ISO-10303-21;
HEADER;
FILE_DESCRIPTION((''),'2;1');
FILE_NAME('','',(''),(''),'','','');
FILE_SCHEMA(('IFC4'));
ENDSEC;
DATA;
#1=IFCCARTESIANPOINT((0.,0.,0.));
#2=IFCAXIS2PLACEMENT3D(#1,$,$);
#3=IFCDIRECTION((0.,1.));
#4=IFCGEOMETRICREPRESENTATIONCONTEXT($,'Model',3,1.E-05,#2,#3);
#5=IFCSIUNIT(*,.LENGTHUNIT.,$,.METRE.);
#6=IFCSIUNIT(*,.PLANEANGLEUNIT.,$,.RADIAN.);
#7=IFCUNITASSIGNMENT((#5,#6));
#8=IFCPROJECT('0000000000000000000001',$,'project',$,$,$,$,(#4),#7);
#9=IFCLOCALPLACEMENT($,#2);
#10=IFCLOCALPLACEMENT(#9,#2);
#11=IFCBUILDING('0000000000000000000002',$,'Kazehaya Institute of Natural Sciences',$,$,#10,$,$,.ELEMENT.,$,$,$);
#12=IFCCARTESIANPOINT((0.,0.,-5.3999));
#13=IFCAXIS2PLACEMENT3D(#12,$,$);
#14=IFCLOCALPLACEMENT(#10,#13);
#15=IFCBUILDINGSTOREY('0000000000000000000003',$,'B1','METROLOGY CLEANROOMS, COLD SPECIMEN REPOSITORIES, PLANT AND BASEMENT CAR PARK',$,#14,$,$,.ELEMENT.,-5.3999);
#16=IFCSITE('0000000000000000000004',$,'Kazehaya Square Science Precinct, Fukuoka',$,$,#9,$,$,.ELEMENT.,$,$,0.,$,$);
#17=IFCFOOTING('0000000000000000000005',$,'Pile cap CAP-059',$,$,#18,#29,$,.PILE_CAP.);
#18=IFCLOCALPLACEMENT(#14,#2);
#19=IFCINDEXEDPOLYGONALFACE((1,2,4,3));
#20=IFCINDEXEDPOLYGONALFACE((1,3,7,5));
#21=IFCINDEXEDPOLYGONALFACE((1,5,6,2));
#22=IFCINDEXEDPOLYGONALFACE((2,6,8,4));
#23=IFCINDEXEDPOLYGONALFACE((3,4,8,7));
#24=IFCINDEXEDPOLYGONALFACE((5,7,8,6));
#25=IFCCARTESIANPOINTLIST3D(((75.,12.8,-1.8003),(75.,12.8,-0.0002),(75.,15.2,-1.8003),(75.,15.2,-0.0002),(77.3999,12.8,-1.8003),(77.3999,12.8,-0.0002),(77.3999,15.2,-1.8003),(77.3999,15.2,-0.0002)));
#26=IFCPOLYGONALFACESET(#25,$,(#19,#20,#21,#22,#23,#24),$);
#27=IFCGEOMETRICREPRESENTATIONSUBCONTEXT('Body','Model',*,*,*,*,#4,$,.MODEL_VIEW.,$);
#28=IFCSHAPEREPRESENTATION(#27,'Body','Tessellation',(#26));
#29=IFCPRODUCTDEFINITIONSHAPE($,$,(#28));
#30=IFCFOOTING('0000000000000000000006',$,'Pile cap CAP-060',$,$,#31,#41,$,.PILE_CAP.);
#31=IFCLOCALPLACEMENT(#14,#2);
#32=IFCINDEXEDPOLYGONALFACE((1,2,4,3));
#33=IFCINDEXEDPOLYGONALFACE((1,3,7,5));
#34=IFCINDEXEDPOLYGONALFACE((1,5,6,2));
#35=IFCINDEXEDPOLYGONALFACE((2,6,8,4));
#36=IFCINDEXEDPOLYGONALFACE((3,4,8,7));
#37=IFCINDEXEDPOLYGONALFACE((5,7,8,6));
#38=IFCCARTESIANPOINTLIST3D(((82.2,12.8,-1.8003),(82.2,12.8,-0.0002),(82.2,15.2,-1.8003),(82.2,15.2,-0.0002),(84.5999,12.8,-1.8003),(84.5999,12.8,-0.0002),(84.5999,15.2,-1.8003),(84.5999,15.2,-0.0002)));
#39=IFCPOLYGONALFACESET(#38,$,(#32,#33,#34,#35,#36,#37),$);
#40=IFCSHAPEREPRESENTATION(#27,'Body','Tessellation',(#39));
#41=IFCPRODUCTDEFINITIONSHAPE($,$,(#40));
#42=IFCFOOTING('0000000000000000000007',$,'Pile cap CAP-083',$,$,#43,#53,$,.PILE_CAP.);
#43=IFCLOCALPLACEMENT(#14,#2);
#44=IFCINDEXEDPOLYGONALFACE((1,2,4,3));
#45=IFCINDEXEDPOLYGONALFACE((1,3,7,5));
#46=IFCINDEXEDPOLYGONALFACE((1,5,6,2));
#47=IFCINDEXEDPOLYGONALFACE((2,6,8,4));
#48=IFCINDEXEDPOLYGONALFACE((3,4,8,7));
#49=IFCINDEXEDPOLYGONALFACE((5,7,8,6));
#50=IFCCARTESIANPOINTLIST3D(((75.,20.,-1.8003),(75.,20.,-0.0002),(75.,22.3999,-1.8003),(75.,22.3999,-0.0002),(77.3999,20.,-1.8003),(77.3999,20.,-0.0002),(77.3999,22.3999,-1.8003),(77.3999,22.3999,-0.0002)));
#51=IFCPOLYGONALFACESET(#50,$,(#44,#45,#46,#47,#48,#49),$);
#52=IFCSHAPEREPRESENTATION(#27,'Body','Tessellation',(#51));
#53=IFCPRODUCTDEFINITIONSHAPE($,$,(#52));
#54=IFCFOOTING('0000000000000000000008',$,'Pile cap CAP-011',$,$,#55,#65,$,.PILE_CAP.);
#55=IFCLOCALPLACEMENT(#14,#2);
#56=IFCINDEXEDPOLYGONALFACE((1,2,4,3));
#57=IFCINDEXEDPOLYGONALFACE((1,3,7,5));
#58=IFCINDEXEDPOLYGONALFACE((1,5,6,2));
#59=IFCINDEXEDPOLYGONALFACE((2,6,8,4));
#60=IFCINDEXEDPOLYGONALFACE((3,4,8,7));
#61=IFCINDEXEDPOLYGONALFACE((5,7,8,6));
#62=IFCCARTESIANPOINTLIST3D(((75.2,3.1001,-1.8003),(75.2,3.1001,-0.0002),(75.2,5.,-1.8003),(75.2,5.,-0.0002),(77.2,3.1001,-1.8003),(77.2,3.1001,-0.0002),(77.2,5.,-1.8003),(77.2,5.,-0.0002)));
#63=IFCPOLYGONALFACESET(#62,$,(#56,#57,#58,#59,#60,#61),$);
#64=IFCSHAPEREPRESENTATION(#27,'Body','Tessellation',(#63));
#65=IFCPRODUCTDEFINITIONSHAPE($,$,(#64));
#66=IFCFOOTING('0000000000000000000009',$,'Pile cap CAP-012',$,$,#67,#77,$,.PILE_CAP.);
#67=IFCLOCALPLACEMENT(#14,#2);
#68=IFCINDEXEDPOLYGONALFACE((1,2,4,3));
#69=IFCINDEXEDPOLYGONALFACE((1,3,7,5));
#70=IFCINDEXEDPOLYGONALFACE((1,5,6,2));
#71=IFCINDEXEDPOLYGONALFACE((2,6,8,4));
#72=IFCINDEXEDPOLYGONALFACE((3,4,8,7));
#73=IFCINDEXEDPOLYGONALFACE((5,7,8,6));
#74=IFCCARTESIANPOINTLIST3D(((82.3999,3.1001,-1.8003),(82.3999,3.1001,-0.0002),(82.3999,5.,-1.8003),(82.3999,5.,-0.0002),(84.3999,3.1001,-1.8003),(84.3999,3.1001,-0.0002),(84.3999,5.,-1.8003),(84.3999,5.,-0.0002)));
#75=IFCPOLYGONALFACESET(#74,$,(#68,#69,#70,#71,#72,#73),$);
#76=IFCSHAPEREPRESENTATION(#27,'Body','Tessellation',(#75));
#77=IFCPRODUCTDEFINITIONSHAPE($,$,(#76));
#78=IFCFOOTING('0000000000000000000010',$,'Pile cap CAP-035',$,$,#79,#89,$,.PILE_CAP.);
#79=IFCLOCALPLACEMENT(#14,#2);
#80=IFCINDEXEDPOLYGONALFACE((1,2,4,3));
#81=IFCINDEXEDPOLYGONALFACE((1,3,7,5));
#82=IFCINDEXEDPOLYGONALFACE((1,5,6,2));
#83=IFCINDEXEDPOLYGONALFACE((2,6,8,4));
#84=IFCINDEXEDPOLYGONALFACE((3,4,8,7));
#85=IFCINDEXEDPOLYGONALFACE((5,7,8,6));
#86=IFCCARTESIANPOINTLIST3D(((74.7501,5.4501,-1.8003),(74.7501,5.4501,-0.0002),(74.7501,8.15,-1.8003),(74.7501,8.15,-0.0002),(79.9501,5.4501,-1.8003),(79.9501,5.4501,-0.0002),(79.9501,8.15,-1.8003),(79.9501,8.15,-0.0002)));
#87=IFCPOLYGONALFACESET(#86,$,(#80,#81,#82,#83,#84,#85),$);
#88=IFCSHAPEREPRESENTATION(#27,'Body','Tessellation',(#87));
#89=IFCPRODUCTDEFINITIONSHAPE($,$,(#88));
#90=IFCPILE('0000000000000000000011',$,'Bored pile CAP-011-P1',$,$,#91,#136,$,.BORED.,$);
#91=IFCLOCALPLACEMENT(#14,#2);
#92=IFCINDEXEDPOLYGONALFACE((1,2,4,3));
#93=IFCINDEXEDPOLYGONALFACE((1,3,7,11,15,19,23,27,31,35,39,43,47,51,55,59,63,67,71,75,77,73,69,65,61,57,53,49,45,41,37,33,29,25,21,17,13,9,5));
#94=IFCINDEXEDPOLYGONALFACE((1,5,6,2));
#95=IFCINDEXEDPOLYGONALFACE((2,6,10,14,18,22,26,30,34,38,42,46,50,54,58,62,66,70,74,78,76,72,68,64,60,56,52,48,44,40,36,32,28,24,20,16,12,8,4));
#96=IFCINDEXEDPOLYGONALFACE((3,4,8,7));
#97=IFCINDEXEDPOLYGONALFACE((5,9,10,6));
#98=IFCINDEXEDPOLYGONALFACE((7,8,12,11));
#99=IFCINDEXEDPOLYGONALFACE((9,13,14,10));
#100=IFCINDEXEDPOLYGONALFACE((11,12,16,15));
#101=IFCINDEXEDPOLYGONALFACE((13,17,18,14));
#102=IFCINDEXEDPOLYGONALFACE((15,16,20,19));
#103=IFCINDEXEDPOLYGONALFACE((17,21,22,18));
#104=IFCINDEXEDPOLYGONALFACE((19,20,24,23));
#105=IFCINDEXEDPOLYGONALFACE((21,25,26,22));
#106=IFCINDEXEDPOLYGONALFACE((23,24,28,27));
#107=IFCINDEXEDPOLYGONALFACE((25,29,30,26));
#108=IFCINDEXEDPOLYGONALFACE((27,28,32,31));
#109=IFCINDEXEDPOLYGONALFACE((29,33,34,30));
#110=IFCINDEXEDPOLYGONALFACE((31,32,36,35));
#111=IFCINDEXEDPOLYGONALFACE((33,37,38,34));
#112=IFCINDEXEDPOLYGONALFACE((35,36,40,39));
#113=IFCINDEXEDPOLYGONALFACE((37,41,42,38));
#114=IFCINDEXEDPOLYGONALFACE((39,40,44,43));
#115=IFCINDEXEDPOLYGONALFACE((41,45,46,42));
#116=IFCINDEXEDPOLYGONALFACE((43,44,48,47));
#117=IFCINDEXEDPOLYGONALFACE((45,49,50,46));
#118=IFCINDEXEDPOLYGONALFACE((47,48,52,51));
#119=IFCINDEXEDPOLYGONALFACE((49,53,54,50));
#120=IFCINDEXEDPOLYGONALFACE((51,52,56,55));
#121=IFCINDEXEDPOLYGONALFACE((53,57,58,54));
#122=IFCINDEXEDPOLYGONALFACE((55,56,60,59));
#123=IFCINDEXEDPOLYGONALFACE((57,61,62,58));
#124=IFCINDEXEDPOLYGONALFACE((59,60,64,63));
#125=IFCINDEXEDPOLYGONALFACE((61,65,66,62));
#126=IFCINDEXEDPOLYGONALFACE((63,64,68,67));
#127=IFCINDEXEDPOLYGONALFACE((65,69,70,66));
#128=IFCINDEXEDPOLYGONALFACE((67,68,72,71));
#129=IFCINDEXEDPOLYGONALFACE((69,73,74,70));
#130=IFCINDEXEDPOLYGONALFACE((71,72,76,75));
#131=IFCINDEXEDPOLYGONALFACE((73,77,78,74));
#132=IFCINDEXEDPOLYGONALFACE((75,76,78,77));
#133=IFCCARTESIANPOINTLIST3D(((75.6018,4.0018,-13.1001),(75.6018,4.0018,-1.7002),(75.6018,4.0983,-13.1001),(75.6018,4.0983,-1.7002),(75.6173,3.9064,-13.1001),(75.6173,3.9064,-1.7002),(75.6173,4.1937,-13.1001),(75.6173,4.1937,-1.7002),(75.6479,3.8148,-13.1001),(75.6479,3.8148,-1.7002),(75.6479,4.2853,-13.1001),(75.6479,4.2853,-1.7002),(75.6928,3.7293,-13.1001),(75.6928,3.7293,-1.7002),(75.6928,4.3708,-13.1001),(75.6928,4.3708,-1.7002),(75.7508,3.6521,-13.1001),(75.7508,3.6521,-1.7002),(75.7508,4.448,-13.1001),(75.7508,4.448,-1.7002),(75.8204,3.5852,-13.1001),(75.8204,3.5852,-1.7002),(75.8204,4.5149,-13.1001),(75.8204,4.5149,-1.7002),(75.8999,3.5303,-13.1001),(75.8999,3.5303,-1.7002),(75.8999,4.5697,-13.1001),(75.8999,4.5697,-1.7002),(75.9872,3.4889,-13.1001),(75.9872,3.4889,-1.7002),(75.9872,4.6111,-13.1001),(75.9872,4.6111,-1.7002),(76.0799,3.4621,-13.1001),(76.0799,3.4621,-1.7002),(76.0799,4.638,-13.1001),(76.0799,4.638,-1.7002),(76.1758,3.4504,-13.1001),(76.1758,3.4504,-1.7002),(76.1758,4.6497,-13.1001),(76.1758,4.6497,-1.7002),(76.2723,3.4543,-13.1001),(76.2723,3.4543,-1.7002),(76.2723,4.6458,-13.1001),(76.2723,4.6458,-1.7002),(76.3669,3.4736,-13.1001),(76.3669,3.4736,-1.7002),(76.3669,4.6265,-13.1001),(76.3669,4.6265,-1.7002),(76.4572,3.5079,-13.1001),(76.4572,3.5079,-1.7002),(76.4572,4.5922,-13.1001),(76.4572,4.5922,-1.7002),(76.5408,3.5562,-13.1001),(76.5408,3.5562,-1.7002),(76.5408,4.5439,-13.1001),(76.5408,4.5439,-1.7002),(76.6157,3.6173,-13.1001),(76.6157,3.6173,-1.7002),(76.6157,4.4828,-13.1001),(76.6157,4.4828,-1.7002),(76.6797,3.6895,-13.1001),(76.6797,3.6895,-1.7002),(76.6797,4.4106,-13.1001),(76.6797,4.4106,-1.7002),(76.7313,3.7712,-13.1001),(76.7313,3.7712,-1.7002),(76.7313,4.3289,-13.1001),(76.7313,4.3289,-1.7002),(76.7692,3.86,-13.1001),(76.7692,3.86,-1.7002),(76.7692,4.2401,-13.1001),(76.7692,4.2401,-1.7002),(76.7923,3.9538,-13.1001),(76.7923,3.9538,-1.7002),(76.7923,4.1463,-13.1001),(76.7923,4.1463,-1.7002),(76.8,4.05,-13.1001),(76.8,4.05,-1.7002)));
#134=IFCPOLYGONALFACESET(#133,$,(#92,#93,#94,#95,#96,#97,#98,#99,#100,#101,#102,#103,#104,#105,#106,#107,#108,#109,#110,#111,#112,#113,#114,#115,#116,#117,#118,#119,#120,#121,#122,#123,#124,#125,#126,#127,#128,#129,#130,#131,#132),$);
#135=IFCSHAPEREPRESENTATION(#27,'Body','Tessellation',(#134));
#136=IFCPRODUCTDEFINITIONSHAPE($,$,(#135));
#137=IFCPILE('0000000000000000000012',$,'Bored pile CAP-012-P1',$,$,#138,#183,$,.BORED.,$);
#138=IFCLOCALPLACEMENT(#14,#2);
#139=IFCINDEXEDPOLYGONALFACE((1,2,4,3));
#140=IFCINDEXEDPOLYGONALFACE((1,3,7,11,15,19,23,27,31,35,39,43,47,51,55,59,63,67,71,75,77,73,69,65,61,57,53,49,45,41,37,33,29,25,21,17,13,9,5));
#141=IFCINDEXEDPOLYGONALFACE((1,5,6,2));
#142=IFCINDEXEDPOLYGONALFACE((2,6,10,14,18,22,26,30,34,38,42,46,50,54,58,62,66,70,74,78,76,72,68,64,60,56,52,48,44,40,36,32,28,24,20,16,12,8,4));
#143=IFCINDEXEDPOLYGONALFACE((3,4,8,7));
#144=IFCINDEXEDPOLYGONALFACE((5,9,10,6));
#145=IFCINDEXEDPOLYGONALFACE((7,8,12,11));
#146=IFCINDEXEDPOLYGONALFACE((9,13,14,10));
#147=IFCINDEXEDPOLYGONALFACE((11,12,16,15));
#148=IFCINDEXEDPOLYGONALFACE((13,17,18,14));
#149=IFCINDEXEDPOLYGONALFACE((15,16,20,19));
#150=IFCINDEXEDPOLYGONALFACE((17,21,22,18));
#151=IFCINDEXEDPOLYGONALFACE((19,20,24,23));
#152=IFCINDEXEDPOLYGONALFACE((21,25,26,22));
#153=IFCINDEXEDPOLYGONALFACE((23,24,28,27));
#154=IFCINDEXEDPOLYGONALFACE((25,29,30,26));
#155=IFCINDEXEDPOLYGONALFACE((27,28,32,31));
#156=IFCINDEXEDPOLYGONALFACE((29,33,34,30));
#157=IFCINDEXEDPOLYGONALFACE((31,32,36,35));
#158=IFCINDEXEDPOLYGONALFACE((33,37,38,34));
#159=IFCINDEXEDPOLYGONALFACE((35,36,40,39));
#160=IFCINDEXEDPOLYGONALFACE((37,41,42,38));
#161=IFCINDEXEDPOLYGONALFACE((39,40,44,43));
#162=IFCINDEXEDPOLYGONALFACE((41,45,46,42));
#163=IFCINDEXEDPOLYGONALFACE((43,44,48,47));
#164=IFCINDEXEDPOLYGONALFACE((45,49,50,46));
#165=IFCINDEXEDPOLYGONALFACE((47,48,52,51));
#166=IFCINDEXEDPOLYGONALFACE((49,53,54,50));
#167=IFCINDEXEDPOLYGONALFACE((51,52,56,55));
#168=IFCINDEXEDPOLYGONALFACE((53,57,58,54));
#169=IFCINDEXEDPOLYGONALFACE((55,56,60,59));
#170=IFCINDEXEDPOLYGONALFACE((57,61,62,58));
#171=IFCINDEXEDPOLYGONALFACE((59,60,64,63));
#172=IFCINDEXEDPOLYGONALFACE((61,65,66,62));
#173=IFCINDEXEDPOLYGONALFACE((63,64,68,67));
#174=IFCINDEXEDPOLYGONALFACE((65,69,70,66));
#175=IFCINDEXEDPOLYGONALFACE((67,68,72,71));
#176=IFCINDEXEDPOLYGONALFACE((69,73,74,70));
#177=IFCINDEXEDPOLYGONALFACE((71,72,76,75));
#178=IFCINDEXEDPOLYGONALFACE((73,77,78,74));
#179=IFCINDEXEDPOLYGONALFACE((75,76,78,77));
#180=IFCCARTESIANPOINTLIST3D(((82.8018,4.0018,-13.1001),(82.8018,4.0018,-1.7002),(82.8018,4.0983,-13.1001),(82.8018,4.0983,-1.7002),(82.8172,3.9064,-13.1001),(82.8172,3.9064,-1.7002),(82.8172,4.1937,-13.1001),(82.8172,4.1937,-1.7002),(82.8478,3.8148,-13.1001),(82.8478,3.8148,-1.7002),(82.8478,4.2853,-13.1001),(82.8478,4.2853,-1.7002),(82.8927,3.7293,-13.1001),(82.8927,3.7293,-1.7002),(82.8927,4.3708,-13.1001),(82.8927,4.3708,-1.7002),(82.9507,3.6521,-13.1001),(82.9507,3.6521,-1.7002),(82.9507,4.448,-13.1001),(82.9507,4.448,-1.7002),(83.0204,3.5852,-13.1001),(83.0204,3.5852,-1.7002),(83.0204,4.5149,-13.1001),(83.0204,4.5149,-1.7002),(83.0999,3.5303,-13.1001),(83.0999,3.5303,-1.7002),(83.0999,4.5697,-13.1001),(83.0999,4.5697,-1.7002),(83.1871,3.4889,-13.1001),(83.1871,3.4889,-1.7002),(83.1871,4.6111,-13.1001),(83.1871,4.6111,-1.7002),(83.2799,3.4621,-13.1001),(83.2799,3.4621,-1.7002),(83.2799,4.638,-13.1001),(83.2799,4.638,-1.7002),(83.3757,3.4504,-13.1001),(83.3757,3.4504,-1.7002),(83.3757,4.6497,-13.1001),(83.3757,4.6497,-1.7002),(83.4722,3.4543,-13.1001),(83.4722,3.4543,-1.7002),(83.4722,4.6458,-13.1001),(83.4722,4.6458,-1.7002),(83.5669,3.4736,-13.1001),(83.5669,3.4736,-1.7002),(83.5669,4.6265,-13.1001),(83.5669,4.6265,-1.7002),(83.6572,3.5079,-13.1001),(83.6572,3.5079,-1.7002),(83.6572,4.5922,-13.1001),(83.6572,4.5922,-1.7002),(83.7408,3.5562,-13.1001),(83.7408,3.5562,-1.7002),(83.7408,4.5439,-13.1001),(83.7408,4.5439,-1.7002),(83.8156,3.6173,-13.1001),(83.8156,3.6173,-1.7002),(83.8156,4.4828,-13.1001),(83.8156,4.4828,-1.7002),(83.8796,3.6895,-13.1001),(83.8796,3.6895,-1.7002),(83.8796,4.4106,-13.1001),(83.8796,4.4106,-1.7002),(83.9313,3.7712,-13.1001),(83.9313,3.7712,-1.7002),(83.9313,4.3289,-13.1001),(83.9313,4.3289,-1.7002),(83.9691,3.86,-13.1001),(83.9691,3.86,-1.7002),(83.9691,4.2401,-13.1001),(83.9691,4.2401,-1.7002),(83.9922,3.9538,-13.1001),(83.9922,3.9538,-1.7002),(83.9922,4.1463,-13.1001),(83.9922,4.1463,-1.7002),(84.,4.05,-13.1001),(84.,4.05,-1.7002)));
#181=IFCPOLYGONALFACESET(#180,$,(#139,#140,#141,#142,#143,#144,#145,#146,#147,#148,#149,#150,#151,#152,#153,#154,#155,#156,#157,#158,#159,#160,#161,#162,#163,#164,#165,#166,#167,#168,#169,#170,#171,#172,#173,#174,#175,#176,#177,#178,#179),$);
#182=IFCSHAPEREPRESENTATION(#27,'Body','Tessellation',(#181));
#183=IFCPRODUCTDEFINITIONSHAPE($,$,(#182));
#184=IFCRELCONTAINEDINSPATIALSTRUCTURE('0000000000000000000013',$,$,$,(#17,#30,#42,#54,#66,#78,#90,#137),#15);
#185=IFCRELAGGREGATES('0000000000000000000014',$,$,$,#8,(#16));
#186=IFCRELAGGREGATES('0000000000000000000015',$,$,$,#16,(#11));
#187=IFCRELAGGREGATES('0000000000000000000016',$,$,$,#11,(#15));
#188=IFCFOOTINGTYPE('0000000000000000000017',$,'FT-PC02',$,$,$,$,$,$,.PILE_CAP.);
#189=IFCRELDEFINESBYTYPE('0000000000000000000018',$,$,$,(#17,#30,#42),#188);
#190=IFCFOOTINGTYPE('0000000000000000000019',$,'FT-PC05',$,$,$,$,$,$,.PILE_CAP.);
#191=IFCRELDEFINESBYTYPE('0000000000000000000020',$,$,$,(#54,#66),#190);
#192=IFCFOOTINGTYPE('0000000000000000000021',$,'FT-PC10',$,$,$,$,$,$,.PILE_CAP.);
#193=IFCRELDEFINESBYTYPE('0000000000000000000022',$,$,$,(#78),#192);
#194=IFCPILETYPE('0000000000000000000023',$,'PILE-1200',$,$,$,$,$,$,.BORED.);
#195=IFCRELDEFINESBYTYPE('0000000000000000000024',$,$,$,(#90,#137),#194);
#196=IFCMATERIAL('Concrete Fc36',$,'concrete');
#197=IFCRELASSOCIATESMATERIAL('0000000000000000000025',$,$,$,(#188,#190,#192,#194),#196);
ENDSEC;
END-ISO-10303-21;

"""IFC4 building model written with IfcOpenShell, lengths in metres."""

from ifc_helpers import new_model, si_unit, direction, frame, origin, origin_2d, place, context, subcontext, project, spatial, rectangle, circle, extrude, material, material_profile, profile_set, type_object, element, save


model = new_model("IFC4")

# Units and contexts
model_context = context("Model", 3, precision=1e-05, world=origin(), true_north=direction((0.0, 1.0)))
body_context = subcontext(model_context, "Body", "Model", "MODEL_VIEW")
ifc_project = project(units=[si_unit("LENGTHUNIT", "METRE"), si_unit("PLANEANGLEUNIT", "RADIAN")], contexts=[model_context])

# Site, building, storey
site_placement = place(None, origin())
site = spatial("IfcSite", under=ifc_project, at=site_placement, Name="Kazehaya Square Science Precinct, Fukuoka", CompositionType="ELEMENT", RefElevation=0.0)
building_placement = place(site_placement, origin())
building = spatial("IfcBuilding", under=site, at=building_placement, Name="Kazehaya Institute of Natural Sciences", CompositionType="ELEMENT")
storey_placement = place(building_placement, frame((0.0, 0.0, -5.3999)))
storey = spatial("IfcBuildingStorey", under=building, at=storey_placement, Name="B1", Description="METROLOGY CLEANROOMS, COLD SPECIMEN REPOSITORIES, PLANT AND BASEMENT CAR PARK", CompositionType="ELEMENT", Elevation=-5.3999)

# Footings
ifc_material_1 = material(Name="Concrete Fc36", Category="concrete")
footing_type_1 = type_object("IfcFootingType", Name="FT-PC02", PredefinedType="PILE_CAP", material=ifc_material_1)
for number, where, z_axis, x_axis, name in (
    (1, (76.2, 14.0, -1.8003), (0.0, 0.0, 1.0), (1.0, 0.0, 0.0), "Pile cap CAP-059"),
    (2, (83.3999, 14.0, -1.8003), (0.0, 0.0, 1.0), (1.0, 0.0, 0.0), "Pile cap CAP-060"),
    (3, (76.2, 21.2, -1.8003), (0.0, 0.0, 1.0), (1.0, 0.0, 0.0), "Pile cap CAP-083"),
):
    element("IfcFooting", number, at=place(storey_placement, frame(where, z_axis=z_axis, x_axis=x_axis)), inside=storey, type_object=footing_type_1, Name=name, PredefinedType="PILE_CAP", context=body_context, shape_type="SweptSolid", body=[
        extrude(rectangle(XDim=2.3999, YDim=2.3999, at=origin_2d()), origin(), (0.0, 0.0, 1.0), 1.8),
    ])
footing_type_2 = type_object("IfcFootingType", Name="FT-PC05", PredefinedType="PILE_CAP", material=ifc_material_1)
for number, where, z_axis, x_axis, name in (
    (4, (76.2, 4.05, -1.8003), (0.0, 0.0, 1.0), (1.0, 0.0, 0.0), "Pile cap CAP-011"),
    (5, (83.3999, 4.05, -1.8003), (0.0, 0.0, 1.0), (1.0, 0.0, 0.0), "Pile cap CAP-012"),
):
    element("IfcFooting", number, at=place(storey_placement, frame(where, z_axis=z_axis, x_axis=x_axis)), inside=storey, type_object=footing_type_2, Name=name, PredefinedType="PILE_CAP", context=body_context, shape_type="SweptSolid", body=[
        extrude(rectangle(XDim=2.0, YDim=1.8999, at=origin_2d()), origin(), (0.0, 0.0, 1.0), 1.8),
    ])
footing_type_3 = type_object("IfcFootingType", Name="FT-PC10", PredefinedType="PILE_CAP", material=ifc_material_1)
footing_placement = place(storey_placement, frame((77.3501, 6.8, -1.8003), z_axis=(0.0, 0.0, 1.0), x_axis=(1.0, 0.0, 0.0)))
element("IfcFooting", 6, at=footing_placement, inside=storey, type_object=footing_type_3, Name="Pile cap CAP-035", PredefinedType="PILE_CAP", context=body_context, shape_type="SweptSolid", body=[
    extrude(rectangle(XDim=5.2, YDim=2.7, at=origin_2d()), origin(), (0.0, 0.0, 1.0), 1.8),
])

# Piles
ifc_material_profile_1 = material_profile(ifc_material_1, circle(Radius=0.6001, at=origin_2d()), Name="PILE-1200")
ifc_profile_set_1 = profile_set([ifc_material_profile_1], Name="Concrete Fc36")
pile_type_1 = type_object("IfcPileType", Name="PILE-1200", PredefinedType="BORED", material=ifc_profile_set_1)
for number, where, z_axis, x_axis, name in (
    (7, (76.2, 4.05, -1.7002), (0.0, 0.0, -1.0), (1.0, 0.0, 0.0), "Bored pile CAP-011-P1"),
    (8, (83.3999, 4.05, -1.7002), (0.0, 0.0, -1.0), (1.0, 0.0, 0.0), "Bored pile CAP-012-P1"),
):
    element("IfcPile", number, at=place(storey_placement, frame(where, z_axis=z_axis, x_axis=x_axis)), inside=storey, type_object=pile_type_1, Name=name, PredefinedType="BORED", context=body_context, shape_type="SweptSolid", body=[
        extrude(circle(Radius=0.6001, at=origin_2d()), origin(), (0.0, 0.0, 1.0), 11.3999),
    ])

save(model, "model.ifc")
